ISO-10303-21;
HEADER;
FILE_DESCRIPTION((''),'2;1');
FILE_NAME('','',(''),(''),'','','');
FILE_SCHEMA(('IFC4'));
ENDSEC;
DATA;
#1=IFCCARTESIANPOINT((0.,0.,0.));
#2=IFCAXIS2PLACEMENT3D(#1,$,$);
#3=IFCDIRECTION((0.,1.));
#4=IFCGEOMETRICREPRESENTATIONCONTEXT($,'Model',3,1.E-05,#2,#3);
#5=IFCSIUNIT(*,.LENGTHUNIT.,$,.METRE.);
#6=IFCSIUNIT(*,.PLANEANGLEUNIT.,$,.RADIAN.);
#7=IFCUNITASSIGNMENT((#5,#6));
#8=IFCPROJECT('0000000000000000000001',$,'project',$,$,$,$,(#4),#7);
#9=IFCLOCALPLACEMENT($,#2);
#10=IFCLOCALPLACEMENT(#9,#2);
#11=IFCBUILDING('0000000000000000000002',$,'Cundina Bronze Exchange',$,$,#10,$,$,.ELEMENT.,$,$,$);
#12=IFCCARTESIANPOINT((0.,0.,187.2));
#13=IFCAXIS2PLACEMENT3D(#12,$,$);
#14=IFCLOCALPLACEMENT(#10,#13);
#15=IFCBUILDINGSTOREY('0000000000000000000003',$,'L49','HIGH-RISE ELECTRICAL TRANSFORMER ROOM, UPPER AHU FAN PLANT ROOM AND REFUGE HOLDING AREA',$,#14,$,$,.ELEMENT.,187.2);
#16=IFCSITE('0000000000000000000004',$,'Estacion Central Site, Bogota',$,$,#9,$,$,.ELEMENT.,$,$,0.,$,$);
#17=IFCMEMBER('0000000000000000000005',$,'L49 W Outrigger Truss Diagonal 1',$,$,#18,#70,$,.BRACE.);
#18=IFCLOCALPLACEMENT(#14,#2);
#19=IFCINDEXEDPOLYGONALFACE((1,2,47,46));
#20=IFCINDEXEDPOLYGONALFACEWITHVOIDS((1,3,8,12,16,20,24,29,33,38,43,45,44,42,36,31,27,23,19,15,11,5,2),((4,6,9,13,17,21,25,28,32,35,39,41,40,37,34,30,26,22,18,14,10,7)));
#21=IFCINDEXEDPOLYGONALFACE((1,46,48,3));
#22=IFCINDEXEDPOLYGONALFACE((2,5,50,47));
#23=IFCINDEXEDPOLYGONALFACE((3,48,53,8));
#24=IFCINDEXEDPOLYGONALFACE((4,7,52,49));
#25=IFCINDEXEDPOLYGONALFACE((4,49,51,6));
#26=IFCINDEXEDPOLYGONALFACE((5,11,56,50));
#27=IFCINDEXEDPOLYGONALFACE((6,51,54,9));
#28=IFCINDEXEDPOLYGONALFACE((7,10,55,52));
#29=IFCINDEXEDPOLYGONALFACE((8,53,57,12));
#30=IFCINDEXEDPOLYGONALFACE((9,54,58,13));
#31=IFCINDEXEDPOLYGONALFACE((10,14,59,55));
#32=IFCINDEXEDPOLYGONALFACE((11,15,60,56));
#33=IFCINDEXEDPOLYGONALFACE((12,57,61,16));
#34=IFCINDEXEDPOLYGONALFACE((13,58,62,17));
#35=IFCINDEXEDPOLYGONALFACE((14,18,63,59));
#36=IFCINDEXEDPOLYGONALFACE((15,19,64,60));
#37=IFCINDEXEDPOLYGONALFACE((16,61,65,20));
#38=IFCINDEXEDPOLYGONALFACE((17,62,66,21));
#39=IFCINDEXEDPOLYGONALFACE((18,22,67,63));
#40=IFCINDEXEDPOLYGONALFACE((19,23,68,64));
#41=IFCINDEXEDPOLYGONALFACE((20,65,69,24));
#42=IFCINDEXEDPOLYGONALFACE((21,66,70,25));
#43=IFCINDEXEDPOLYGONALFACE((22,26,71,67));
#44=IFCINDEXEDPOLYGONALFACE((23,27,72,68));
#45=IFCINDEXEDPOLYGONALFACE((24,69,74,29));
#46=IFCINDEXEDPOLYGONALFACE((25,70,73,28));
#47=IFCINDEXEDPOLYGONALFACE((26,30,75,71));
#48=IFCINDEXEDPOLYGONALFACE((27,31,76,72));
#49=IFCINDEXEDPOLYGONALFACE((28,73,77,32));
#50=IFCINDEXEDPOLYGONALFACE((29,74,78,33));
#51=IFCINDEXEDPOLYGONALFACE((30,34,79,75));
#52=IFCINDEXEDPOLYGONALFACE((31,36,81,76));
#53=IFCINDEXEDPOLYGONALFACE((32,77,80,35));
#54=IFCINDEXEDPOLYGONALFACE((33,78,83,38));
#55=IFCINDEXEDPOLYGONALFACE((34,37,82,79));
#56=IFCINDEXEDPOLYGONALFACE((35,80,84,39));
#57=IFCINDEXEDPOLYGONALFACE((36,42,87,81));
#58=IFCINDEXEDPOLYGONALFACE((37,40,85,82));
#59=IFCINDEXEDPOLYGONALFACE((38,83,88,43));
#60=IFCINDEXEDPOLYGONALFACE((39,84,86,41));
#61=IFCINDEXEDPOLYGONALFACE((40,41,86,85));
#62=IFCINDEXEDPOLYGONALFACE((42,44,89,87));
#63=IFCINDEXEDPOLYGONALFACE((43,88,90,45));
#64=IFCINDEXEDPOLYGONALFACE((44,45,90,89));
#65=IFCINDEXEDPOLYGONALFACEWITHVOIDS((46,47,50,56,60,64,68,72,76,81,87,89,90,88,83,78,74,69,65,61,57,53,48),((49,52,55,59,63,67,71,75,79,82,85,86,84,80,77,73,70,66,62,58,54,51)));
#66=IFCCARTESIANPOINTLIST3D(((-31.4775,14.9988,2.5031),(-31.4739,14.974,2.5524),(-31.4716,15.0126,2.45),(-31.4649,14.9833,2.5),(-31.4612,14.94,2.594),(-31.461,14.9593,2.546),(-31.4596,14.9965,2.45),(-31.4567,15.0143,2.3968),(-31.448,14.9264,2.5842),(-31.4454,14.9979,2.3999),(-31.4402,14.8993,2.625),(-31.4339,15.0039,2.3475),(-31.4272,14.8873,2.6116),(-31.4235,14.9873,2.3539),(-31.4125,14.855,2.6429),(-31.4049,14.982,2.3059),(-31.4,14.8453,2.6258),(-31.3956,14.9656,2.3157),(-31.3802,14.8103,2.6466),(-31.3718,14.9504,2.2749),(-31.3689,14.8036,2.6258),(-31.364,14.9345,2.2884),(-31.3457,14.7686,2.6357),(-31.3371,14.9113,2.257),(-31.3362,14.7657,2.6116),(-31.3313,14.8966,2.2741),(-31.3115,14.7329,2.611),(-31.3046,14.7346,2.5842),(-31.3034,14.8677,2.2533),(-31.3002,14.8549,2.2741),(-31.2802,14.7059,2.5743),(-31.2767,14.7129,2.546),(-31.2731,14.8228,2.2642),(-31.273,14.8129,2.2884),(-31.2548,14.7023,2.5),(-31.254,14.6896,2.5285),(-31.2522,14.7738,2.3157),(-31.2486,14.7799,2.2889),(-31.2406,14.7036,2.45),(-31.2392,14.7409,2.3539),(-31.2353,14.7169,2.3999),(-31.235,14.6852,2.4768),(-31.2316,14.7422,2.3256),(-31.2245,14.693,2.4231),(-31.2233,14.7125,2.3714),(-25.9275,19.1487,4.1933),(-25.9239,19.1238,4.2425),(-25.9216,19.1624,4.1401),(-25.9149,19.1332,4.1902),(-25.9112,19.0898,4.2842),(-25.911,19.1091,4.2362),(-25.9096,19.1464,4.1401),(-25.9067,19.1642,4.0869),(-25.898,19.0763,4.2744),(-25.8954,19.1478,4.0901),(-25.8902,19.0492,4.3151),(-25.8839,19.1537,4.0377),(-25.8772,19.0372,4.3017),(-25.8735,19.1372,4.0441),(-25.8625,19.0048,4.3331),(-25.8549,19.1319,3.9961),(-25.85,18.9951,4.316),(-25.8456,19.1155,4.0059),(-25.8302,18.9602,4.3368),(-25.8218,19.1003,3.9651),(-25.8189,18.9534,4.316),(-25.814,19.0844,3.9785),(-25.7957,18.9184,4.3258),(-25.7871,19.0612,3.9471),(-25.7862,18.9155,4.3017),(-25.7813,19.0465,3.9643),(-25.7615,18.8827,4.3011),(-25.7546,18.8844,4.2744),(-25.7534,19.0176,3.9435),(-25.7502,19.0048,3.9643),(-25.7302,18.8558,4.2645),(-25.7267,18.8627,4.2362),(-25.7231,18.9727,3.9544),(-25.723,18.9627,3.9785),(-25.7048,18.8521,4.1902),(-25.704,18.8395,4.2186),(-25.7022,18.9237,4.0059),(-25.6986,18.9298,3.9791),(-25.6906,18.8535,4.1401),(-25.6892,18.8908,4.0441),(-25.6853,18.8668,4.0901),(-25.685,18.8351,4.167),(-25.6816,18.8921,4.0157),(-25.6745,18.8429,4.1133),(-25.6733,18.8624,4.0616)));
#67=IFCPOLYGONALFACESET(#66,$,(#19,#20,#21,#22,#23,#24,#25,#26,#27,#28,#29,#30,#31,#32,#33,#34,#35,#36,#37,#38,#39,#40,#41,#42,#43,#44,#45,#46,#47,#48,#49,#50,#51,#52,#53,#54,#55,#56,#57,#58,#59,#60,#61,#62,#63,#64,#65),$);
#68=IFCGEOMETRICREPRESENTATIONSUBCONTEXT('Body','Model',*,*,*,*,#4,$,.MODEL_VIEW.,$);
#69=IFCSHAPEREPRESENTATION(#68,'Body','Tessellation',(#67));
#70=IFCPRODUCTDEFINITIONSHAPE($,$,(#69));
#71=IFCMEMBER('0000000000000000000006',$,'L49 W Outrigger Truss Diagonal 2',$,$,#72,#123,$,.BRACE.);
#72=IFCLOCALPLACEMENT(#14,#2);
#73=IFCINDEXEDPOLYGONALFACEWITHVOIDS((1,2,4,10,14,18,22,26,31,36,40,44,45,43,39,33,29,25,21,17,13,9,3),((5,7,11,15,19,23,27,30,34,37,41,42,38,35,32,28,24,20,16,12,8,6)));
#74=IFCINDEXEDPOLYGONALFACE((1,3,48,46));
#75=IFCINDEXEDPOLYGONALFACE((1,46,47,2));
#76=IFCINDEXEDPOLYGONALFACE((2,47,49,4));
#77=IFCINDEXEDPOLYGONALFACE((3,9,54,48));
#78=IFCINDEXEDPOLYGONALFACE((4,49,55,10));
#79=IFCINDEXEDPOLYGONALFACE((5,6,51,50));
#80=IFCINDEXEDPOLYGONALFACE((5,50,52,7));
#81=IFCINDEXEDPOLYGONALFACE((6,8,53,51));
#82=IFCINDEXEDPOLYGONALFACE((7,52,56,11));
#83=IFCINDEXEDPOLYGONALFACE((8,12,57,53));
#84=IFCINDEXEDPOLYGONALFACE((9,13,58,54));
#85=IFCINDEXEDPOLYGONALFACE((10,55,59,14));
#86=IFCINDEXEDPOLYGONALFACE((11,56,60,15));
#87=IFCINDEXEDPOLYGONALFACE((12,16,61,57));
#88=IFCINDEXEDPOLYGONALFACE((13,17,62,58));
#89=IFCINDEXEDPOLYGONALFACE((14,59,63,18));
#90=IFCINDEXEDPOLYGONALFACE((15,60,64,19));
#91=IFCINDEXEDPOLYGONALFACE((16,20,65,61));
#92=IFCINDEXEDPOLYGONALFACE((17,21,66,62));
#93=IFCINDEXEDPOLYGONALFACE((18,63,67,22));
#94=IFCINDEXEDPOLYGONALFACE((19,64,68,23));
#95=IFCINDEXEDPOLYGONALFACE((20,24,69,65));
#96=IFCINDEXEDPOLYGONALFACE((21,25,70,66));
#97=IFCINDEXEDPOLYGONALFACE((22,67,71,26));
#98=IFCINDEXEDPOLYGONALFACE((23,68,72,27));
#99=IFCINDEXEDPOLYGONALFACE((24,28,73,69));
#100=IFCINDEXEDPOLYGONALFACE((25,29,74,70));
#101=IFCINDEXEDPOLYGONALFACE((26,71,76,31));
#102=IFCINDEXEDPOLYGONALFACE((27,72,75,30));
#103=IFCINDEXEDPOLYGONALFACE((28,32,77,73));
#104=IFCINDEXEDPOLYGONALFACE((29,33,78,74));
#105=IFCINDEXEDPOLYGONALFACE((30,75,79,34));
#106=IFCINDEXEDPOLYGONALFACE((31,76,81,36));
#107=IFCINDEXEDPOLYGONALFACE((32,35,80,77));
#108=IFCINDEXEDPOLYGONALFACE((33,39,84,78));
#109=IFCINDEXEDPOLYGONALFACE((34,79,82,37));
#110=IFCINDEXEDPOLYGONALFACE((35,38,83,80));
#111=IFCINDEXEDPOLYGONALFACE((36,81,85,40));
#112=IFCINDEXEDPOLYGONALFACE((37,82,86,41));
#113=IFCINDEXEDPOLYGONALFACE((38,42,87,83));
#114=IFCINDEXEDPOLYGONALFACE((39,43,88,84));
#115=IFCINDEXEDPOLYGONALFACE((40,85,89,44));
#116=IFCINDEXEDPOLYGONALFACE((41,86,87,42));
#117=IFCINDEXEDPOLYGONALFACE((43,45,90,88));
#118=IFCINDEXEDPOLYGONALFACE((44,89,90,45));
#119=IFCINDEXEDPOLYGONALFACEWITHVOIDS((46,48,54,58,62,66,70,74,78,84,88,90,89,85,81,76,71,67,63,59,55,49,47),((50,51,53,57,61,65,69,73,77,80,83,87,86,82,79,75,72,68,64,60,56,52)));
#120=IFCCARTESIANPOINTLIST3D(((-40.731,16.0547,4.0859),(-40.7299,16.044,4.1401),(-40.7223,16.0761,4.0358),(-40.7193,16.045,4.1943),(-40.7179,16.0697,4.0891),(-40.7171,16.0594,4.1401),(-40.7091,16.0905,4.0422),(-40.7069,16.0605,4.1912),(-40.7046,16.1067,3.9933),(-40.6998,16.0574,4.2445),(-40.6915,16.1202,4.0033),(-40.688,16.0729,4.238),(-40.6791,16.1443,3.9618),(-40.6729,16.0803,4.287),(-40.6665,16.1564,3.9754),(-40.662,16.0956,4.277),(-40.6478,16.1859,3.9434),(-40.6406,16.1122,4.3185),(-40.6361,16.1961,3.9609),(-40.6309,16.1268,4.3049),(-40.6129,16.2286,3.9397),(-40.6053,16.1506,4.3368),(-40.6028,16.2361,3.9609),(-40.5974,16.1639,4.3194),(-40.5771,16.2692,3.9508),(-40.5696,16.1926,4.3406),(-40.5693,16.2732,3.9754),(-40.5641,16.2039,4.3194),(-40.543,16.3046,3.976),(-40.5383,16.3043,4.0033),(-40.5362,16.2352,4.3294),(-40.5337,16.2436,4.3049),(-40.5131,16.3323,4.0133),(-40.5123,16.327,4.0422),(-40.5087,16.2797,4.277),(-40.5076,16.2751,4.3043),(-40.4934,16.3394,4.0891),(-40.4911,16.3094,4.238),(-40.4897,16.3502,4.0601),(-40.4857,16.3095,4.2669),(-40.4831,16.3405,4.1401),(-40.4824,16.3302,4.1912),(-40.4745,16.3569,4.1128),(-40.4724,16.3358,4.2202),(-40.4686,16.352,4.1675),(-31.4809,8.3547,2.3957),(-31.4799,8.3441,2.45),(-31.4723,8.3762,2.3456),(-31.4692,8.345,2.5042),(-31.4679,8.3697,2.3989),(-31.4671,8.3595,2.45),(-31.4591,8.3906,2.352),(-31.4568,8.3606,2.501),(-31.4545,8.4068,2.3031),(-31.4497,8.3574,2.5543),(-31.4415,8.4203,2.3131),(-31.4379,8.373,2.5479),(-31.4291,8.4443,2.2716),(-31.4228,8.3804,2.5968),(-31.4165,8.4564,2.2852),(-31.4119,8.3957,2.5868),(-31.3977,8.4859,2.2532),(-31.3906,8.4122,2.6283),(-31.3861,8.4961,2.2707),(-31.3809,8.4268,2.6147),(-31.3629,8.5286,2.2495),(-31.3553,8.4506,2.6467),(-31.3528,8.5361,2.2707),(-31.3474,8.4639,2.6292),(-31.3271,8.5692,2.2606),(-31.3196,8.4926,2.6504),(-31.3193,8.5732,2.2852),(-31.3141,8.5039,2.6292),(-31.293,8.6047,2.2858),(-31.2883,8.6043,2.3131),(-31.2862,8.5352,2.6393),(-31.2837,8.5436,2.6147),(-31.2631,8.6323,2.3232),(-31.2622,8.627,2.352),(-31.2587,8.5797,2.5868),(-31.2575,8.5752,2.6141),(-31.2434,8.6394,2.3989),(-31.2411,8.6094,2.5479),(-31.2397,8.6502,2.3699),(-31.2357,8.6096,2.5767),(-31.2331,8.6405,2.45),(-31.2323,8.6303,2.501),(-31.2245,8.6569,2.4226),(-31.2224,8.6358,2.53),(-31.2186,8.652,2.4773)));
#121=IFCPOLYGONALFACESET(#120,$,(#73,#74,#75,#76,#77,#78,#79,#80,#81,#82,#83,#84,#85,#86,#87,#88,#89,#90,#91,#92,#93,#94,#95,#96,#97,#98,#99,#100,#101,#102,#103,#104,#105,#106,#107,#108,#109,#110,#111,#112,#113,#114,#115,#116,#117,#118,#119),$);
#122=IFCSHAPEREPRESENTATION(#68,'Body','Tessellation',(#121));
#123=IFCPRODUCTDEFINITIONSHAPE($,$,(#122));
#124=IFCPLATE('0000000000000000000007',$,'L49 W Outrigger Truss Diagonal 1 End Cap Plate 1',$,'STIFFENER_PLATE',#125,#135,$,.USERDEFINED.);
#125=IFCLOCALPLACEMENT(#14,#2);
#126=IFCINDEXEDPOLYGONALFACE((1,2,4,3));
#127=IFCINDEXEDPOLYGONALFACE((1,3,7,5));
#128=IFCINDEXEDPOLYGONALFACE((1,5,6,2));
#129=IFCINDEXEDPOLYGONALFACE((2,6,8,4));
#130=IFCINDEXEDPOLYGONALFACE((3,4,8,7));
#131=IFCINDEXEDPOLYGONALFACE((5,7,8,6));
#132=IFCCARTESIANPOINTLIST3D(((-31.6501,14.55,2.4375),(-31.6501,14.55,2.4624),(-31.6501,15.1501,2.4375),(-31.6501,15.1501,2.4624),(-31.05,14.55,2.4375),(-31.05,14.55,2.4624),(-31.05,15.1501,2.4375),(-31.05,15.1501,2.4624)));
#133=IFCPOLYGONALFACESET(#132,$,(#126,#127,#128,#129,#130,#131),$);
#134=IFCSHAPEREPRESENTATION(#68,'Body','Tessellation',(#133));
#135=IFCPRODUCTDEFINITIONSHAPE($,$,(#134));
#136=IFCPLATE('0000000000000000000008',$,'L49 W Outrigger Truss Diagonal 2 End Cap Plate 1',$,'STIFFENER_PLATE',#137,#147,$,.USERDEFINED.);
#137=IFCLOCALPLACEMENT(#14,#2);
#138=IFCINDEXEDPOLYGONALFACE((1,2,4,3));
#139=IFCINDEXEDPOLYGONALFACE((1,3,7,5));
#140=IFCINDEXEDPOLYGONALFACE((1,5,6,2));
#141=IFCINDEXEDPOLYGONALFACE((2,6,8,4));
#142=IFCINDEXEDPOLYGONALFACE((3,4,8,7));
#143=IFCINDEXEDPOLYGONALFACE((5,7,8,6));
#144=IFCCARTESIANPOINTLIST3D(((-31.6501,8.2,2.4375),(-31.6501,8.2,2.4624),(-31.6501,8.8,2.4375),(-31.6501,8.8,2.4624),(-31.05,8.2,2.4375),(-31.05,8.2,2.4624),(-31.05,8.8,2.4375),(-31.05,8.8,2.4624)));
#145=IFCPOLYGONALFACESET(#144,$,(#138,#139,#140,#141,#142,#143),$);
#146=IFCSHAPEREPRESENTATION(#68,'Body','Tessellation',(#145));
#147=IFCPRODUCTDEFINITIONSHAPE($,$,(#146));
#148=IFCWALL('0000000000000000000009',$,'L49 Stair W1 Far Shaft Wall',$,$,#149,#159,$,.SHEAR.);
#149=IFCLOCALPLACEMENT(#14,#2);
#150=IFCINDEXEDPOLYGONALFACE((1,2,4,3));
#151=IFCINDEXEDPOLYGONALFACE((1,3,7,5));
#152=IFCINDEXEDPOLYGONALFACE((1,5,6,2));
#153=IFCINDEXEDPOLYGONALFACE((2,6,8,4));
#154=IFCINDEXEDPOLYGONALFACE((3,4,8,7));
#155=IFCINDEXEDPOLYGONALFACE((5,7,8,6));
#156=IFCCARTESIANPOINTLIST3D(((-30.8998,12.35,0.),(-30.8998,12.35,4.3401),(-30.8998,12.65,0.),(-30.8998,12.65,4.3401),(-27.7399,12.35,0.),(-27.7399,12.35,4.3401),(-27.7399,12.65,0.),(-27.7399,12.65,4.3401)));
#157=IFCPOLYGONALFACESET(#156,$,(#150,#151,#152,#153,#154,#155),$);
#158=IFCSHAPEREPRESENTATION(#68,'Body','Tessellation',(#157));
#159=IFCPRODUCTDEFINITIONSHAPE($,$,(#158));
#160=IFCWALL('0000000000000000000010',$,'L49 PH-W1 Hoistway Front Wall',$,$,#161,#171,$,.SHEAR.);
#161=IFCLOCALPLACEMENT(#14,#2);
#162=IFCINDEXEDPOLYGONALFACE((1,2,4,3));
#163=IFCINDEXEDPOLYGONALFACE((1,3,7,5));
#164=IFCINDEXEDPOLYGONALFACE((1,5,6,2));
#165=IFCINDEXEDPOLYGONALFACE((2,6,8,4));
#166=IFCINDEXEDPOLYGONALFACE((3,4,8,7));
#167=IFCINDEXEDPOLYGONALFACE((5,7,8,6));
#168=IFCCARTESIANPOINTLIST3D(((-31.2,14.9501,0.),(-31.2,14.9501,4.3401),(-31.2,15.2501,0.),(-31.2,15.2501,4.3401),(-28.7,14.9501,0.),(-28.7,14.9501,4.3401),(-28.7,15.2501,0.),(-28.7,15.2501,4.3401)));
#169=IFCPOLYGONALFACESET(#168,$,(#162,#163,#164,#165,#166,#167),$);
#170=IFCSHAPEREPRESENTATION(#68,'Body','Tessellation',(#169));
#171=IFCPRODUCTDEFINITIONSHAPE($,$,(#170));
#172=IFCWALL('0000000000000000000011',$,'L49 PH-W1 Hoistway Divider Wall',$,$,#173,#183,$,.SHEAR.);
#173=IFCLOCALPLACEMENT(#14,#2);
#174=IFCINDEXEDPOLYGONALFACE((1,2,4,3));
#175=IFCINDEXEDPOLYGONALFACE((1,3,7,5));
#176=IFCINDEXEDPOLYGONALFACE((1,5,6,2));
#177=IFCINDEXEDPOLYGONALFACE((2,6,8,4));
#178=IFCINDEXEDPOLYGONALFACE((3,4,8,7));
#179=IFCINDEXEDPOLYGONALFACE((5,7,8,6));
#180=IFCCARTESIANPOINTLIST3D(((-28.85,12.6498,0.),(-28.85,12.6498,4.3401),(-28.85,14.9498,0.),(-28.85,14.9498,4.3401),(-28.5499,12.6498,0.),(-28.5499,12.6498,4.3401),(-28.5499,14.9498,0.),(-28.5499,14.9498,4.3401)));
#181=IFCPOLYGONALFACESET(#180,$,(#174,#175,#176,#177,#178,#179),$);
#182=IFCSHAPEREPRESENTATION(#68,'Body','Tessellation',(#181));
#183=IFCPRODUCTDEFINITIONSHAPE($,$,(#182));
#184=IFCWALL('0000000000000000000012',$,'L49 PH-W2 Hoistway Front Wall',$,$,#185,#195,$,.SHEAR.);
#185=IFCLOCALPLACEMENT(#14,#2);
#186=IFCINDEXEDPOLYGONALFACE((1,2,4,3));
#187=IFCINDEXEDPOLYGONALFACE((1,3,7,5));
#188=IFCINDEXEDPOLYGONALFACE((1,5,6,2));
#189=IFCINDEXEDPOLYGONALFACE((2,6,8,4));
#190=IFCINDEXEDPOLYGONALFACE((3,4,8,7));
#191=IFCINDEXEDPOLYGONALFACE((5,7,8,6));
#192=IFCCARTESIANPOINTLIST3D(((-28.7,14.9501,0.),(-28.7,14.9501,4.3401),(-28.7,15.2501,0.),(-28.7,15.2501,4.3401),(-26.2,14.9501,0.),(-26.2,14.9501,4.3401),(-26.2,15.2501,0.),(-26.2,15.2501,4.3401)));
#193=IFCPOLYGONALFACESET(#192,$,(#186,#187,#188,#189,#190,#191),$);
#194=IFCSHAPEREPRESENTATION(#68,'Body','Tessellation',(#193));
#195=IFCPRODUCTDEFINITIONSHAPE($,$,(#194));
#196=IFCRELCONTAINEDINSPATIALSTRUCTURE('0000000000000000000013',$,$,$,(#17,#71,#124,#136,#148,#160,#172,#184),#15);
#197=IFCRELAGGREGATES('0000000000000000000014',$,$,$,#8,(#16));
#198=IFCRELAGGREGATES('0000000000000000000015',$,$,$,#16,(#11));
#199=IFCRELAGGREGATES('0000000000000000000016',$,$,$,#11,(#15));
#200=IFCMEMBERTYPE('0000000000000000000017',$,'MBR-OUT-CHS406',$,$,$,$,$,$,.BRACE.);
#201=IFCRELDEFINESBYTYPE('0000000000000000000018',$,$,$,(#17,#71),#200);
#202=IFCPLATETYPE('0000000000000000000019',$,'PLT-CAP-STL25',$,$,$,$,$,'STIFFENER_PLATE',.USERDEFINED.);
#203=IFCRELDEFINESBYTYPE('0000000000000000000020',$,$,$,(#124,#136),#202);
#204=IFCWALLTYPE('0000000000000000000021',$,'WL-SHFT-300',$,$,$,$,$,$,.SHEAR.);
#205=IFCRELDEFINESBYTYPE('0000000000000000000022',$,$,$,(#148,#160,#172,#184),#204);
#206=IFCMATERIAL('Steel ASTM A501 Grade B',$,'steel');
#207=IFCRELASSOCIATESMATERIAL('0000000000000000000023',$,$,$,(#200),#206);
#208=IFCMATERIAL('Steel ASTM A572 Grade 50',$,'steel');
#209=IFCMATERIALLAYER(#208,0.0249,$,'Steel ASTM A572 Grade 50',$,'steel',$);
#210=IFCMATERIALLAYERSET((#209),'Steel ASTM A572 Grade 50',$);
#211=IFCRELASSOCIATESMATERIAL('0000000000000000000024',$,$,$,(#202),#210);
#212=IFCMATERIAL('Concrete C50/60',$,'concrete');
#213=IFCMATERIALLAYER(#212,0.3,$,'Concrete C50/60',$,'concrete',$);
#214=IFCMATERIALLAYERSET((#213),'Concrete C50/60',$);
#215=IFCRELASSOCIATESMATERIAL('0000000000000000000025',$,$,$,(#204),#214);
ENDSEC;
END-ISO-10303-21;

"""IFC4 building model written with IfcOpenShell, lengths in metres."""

from ifc_helpers import new_model, si_unit, direction, frame, frame_2d, origin, origin_2d, place, context, subcontext, project, spatial, rectangle, hollow_circle, extrude, material, layer, layer_set, material_profile, profile_set, type_object, element, save


model = new_model("IFC4")

# Units and contexts
model_context = context("Model", 3, precision=1e-05, world=origin(), true_north=direction((0.0, 1.0)))
body_context = subcontext(model_context, "Body", "Model", "MODEL_VIEW")
ifc_project = project(units=[si_unit("LENGTHUNIT", "METRE"), si_unit("PLANEANGLEUNIT", "RADIAN")], contexts=[model_context])

# Site, building, storey
site_placement = place(None, origin())
site = spatial("IfcSite", under=ifc_project, at=site_placement, Name="Estacion Central Site, Bogota", CompositionType="ELEMENT", RefElevation=0.0)
building_placement = place(site_placement, origin())
building = spatial("IfcBuilding", under=site, at=building_placement, Name="Cundina Bronze Exchange", CompositionType="ELEMENT")
storey_placement = place(building_placement, frame((0.0, 0.0, 187.2)))
storey = spatial("IfcBuildingStorey", under=building, at=storey_placement, Name="L49", Description="HIGH-RISE ELECTRICAL TRANSFORMER ROOM, UPPER AHU FAN PLANT ROOM AND REFUGE HOLDING AREA", CompositionType="ELEMENT", Elevation=187.2)

# Members
ifc_material_1 = material(Name="Steel ASTM A501 Grade B", Category="steel")
ifc_material_profile_1 = material_profile(ifc_material_1, hollow_circle(Radius=0.2029, WallThickness=0.02, at=origin_2d()), Name="CHS406X20", Category="steel")
ifc_profile_set_1 = profile_set([ifc_material_profile_1], Name="Steel ASTM A501 Grade B")
member_type_1 = type_object("IfcMemberType", Name="MBR-OUT-CHS406", PredefinedType="BRACE", material=ifc_profile_set_1)
member_1_placement = place(storey_placement, frame((-31.3501, 14.8501, 2.45), z_axis=(0.778067, 0.581779, 0.236949), x_axis=(-0.598833, 0.800874, 0.0)))
element("IfcMember", 1, at=member_1_placement, inside=storey, type_object=member_type_1, Name="L49 W Outrigger Truss Diagonal 1", PredefinedType="BRACE", context=body_context, shape_type="SweptSolid", body=[
    extrude(hollow_circle(Radius=0.2029, WallThickness=0.02, at=origin_2d()), origin(), (0.0, 0.0, 1.0), 7.1331),
])
member_2_placement = place(storey_placement, frame((-31.3501, 8.5, 2.45), z_axis=(-0.761095, 0.633556, 0.139069), x_axis=(-0.639773, -0.768564, 0.0)))
element("IfcMember", 2, at=member_2_placement, inside=storey, type_object=member_type_1, Name="L49 W Outrigger Truss Diagonal 2", PredefinedType="BRACE", context=body_context, shape_type="SweptSolid", body=[
    extrude(hollow_circle(Radius=0.2029, WallThickness=0.02, at=origin_2d()), origin(), (0.0, 0.0, 1.0), 12.1536),
])

# Plates
ifc_material_2 = material(Name="Steel ASTM A572 Grade 50", Category="steel")
ifc_layer_1 = layer(ifc_material_2, 0.0249, Name="Steel ASTM A572 Grade 50", Category="steel")
ifc_layer_set_1 = layer_set([ifc_layer_1], Name="Steel ASTM A572 Grade 50")
plate_type = type_object("IfcPlateType", Name="PLT-CAP-STL25", ElementType="STIFFENER_PLATE", PredefinedType="USERDEFINED", material=ifc_layer_set_1)
for number, where, z_axis, x_axis, name in (
    (3, (-31.3501, 14.8501, 2.4375), (0.0, 0.0, 1.0), (1.0, 0.0, 0.0), "L49 W Outrigger Truss Diagonal 1 End Cap Plate 1"),
    (4, (-31.3501, 8.5, 2.4375), (0.0, 0.0, 1.0), (1.0, 0.0, 0.0), "L49 W Outrigger Truss Diagonal 2 End Cap Plate 1"),
):
    element("IfcPlate", number, at=place(storey_placement, frame(where, z_axis=z_axis, x_axis=x_axis)), inside=storey, type_object=plate_type, Name=name, ObjectType="STIFFENER_PLATE", PredefinedType="USERDEFINED", context=body_context, shape_type="SweptSolid", body=[
        extrude(rectangle(XDim=0.6001, YDim=0.6001, at=origin_2d()), origin(), (0.0, 0.0, 1.0), 0.0249),
    ])

# Wall
ifc_material_3 = material(Name="Concrete C50/60", Category="concrete")
ifc_layer_2 = layer(ifc_material_3, 0.3, Name="Concrete C50/60", Category="concrete")
ifc_layer_set_2 = layer_set([ifc_layer_2], Name="Concrete C50/60")
wall_type = type_object("IfcWallType", Name="WL-SHFT-300", PredefinedType="SHEAR", material=ifc_layer_set_2)
wall_1_placement = place(storey_placement, frame((-30.8999, 12.5, 0.0), z_axis=(0.0, 0.0, 1.0), x_axis=(1.0, 0.0, 0.0)))
element("IfcWall", 5, at=wall_1_placement, inside=storey, type_object=wall_type, Name="L49 Stair W1 Far Shaft Wall", PredefinedType="SHEAR", context=body_context, shape_type="SweptSolid", body=[
    extrude(rectangle(XDim=3.1599, YDim=0.3, at=frame_2d((1.5801, 0.0))), origin(), (0.0, 0.0, 1.0), 4.3401),
])

# Walls
wall_2_placement = place(storey_placement, frame((-31.2, 15.1001, 0.0), z_axis=(0.0, 0.0, 1.0), x_axis=(1.0, 0.0, 0.0)))
element("IfcWall", 6, at=wall_2_placement, inside=storey, type_object=wall_type, Name="L49 PH-W1 Hoistway Front Wall", PredefinedType="SHEAR", context=body_context, shape_type="SweptSolid", body=[
    extrude(rectangle(XDim=2.5, YDim=0.3, at=frame_2d((1.25, 0.0))), origin(), (0.0, 0.0, 1.0), 4.3401),
])
wall_3_placement = place(storey_placement, frame((-28.7, 12.6499, 0.0), z_axis=(0.0, 0.0, 1.0), x_axis=(0.0, 1.0, 0.0)))
element("IfcWall", 7, at=wall_3_placement, inside=storey, type_object=wall_type, Name="L49 PH-W1 Hoistway Divider Wall", PredefinedType="SHEAR", context=body_context, shape_type="SweptSolid", body=[
    extrude(rectangle(XDim=2.3, YDim=0.3, at=frame_2d((1.1499, 0.0))), origin(), (0.0, 0.0, 1.0), 4.3401),
])
wall_4_placement = place(storey_placement, frame((-28.7, 15.1001, 0.0), z_axis=(0.0, 0.0, 1.0), x_axis=(1.0, 0.0, 0.0)))
element("IfcWall", 8, at=wall_4_placement, inside=storey, type_object=wall_type, Name="L49 PH-W2 Hoistway Front Wall", PredefinedType="SHEAR", context=body_context, shape_type="SweptSolid", body=[
    extrude(rectangle(XDim=2.5, YDim=0.3, at=frame_2d((1.25, 0.0))), origin(), (0.0, 0.0, 1.0), 4.3401),
])

save(model, "model.ifc")
